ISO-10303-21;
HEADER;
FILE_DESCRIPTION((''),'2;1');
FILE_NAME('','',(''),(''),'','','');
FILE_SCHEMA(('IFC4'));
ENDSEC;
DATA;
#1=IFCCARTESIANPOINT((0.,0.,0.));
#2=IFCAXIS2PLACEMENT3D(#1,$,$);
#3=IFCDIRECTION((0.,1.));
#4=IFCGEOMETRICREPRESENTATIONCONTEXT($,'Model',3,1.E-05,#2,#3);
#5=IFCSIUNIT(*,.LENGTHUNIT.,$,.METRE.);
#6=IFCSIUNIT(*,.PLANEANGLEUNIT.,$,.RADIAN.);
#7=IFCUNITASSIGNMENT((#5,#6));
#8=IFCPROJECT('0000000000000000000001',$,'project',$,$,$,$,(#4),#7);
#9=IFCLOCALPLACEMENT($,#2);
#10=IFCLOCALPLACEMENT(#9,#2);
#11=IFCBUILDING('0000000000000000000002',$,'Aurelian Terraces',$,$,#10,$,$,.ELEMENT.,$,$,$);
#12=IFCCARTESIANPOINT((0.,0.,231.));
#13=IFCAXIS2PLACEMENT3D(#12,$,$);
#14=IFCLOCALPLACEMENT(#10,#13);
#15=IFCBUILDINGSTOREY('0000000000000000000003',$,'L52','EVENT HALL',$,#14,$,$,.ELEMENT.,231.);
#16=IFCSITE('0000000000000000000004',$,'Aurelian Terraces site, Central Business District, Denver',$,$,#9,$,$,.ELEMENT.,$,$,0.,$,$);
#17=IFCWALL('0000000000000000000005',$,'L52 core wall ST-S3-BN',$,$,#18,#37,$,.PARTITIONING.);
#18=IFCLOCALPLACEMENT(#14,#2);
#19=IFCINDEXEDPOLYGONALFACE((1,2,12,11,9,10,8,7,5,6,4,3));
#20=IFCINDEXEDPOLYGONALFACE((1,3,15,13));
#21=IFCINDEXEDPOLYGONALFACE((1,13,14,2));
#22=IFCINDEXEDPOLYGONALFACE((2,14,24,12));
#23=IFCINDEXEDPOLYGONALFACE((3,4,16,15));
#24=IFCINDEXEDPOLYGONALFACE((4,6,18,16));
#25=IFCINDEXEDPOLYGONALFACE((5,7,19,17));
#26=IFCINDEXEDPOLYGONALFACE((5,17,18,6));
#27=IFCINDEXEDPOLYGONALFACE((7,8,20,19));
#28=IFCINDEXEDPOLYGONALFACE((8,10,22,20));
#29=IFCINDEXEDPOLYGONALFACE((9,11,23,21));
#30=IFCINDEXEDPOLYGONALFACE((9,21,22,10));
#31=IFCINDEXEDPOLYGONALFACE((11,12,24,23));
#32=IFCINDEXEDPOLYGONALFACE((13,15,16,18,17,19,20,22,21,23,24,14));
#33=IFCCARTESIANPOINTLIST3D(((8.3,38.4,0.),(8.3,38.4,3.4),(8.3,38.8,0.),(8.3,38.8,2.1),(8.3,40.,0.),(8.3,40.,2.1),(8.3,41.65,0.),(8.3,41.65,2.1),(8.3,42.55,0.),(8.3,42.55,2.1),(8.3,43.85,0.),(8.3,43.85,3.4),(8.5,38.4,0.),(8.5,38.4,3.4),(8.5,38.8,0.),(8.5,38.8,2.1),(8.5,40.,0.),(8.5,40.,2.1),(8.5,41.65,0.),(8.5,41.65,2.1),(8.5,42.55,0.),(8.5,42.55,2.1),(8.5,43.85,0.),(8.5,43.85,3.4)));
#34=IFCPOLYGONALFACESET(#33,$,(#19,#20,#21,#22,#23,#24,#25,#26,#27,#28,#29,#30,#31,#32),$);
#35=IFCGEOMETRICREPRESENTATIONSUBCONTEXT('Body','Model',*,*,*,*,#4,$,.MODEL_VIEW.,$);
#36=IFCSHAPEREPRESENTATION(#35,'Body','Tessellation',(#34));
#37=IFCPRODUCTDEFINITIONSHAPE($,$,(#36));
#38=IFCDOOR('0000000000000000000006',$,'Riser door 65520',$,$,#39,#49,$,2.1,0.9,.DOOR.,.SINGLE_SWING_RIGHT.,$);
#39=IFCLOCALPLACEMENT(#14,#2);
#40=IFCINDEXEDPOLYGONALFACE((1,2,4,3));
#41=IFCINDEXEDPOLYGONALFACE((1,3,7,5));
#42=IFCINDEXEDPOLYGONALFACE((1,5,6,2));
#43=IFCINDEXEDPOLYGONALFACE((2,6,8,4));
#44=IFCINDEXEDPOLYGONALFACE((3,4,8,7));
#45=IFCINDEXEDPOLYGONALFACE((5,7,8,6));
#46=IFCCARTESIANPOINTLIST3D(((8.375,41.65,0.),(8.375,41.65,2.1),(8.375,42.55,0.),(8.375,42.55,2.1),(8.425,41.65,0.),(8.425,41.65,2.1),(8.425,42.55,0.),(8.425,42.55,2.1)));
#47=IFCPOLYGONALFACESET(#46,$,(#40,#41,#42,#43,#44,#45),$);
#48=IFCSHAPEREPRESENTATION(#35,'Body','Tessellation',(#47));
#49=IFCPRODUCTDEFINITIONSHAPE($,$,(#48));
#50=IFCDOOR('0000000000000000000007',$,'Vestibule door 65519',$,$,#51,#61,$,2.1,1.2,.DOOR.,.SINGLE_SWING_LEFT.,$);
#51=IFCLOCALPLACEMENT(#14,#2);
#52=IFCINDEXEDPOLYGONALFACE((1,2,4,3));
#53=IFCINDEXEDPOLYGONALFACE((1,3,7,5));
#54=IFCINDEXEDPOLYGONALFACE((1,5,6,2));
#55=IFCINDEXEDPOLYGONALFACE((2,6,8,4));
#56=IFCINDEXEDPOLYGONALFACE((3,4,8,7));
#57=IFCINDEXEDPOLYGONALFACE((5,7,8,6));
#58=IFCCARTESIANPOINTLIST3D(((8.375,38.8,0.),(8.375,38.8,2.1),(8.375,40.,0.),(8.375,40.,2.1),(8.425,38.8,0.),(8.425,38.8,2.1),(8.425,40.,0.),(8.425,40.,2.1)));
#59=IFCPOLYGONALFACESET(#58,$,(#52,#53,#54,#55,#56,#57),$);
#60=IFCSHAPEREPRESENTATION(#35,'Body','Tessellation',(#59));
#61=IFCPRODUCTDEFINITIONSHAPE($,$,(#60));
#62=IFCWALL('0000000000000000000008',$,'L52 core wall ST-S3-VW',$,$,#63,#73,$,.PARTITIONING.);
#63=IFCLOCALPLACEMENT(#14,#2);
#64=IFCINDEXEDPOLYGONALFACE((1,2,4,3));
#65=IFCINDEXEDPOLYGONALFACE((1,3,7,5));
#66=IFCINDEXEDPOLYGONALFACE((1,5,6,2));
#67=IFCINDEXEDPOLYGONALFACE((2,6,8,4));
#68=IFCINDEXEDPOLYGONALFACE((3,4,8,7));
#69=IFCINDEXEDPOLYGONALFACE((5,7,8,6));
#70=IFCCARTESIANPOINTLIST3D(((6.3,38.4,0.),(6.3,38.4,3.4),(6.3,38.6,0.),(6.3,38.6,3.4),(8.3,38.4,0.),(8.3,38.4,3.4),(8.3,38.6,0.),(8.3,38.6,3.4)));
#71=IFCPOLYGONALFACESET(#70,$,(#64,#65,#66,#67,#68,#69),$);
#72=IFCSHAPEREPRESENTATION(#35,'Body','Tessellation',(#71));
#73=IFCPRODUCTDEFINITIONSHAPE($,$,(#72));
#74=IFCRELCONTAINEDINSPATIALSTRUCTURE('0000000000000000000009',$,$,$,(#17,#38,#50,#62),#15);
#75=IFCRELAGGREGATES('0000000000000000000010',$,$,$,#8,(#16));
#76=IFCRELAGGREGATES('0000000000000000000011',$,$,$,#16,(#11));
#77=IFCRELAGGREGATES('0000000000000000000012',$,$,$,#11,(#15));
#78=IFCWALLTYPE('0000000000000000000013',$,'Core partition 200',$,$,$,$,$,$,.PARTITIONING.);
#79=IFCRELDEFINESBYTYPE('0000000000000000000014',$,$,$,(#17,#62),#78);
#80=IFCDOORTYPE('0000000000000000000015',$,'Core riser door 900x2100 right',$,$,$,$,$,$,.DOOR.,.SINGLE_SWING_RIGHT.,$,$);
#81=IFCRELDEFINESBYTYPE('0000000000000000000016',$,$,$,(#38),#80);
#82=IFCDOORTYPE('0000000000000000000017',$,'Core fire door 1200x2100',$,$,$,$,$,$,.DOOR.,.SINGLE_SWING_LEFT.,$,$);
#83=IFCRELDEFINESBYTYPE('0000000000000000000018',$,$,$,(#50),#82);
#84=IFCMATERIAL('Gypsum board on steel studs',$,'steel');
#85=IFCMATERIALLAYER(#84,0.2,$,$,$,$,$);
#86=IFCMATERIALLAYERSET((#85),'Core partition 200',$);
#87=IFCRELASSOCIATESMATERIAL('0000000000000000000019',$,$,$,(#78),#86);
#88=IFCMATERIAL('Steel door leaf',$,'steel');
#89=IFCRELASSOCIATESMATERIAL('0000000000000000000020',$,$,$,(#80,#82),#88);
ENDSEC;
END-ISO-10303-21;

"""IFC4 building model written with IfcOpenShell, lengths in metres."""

from ifc_helpers import new_model, si_unit, direction, frame, frame_2d, origin, place, context, subcontext, project, spatial, rectangle, extrude, source, transform, mapped, material, layer, layer_set, type_object, element, fill, save


model = new_model("IFC4")

# Units and contexts
model_context = context("Model", 3, precision=1e-05, world=origin(), true_north=direction((0.0, 1.0)))
body_context = subcontext(model_context, "Body", "Model", "MODEL_VIEW")
ifc_project = project(units=[si_unit("LENGTHUNIT", "METRE"), si_unit("PLANEANGLEUNIT", "RADIAN")], contexts=[model_context])

# Site, building, storey
site_placement = place(None, origin())
site = spatial("IfcSite", under=ifc_project, at=site_placement, Name="Aurelian Terraces site, Central Business District, Denver", CompositionType="ELEMENT", RefElevation=0.0)
building_placement = place(site_placement, origin())
building = spatial("IfcBuilding", under=site, at=building_placement, Name="Aurelian Terraces", CompositionType="ELEMENT")
storey_placement = place(building_placement, frame((0.0, 0.0, 231.0)))
storey = spatial("IfcBuildingStorey", under=building, at=storey_placement, Name="L52", Description="EVENT HALL", CompositionType="ELEMENT", Elevation=231.0)

# Wall, openings, doors
ifc_material_1 = material(Name="Gypsum board on steel studs", Category="steel")
ifc_layer_1 = layer(ifc_material_1, 0.2)
ifc_layer_set_1 = layer_set([ifc_layer_1], Name="Core partition 200")
wall_type_1 = type_object("IfcWallType", Name="Core partition 200", PredefinedType="PARTITIONING", material=ifc_layer_set_1)
shared_shape_1 = source(origin(), body_context, "Body", "SweptSolid", [
    extrude(rectangle(XDim=5.45, YDim=0.2, at=frame_2d((2.725, 0.0))), origin(), (0.0, 0.0, 1.0), 3.4),
])
wall_1_placement = place(storey_placement, frame((8.4, 38.4, 0.0), z_axis=(0.0, 0.0, 1.0), x_axis=(0.0, 1.0, 0.0)))
wall_1 = element("IfcWall", 1, at=wall_1_placement, inside=storey, type_object=wall_type_1, Name="L52 core wall ST-S3-BN", PredefinedType="PARTITIONING", context=body_context, shape_type="MappedRepresentation", body=[
    mapped(shared_shape_1, transform((0.0, 0.0, 0.0), scale=1.0)),
])
shared_shape_2 = source(origin(), body_context, "Body", "SweptSolid", [
    extrude(rectangle(XDim=1.2, YDim=2.1, at=frame_2d((0.6, 1.05))), frame((0.0, 0.11, 0.0), z_axis=(0.0, -1.0, 0.0), x_axis=(1.0, 0.0, 0.0)), (0.0, 0.0, 1.0), 0.22),
])
opening_1_placement = place(wall_1_placement, frame((0.4, 0.0, 0.0)))
opening_1 = element("IfcOpeningElement", 2, at=opening_1_placement, cuts=wall_1, PredefinedType="OPENING", context=body_context, shape_type="MappedRepresentation", body=[
    mapped(shared_shape_2, transform((0.0, 0.0, 0.0), scale=1.0)),
])
shared_shape_3 = source(origin(), body_context, "Body", "SweptSolid", [
    extrude(rectangle(XDim=0.9, YDim=2.1, at=frame_2d((0.45, 1.05))), frame((0.0, 0.11, 0.0), z_axis=(0.0, -1.0, 0.0), x_axis=(1.0, 0.0, 0.0)), (0.0, 0.0, 1.0), 0.22),
])
opening_2_placement = place(wall_1_placement, frame((3.25, 0.0, 0.0)))
opening_2 = element("IfcOpeningElement", 3, at=opening_2_placement, cuts=wall_1, PredefinedType="OPENING", context=body_context, shape_type="MappedRepresentation", body=[
    mapped(shared_shape_3, transform((0.0, 0.0, 0.0), scale=1.0)),
])
ifc_material_2 = material(Name="Steel door leaf", Category="steel")
door_type_1 = type_object("IfcDoorType", Name="Core riser door 900x2100 right", OperationType="SINGLE_SWING_RIGHT", PredefinedType="DOOR", material=ifc_material_2)
shared_shape_4 = source(origin(), body_context, "Body", "SweptSolid", [
    extrude(rectangle(XDim=0.9, YDim=2.1, at=frame_2d((0.45, 1.05))), frame((0.0, 0.025, 0.0), z_axis=(0.0, -1.0, 0.0), x_axis=(1.0, 0.0, 0.0)), (0.0, 0.0, 1.0), 0.05),
])
door_1_placement = place(opening_2_placement, origin())
door_1 = element("IfcDoor", 4, at=door_1_placement, inside=storey, type_object=door_type_1, Name="Riser door 65520", OperationType="SINGLE_SWING_RIGHT", OverallHeight=2.1, OverallWidth=0.9, PredefinedType="DOOR", context=body_context, shape_type="MappedRepresentation", body=[
    mapped(shared_shape_4, transform((0.0, 0.0, 0.0), scale=1.0)),
])
fill(opening_2, door_1)
door_type_2 = type_object("IfcDoorType", Name="Core fire door 1200x2100", OperationType="SINGLE_SWING_LEFT", PredefinedType="DOOR", material=ifc_material_2)
shared_shape_5 = source(origin(), body_context, "Body", "SweptSolid", [
    extrude(rectangle(XDim=1.2, YDim=2.1, at=frame_2d((0.6, 1.05))), frame((0.0, 0.025, 0.0), z_axis=(0.0, -1.0, 0.0), x_axis=(1.0, 0.0, 0.0)), (0.0, 0.0, 1.0), 0.05),
])
door_2_placement = place(opening_1_placement, origin())
door_2 = element("IfcDoor", 5, at=door_2_placement, inside=storey, type_object=door_type_2, Name="Vestibule door 65519", OperationType="SINGLE_SWING_LEFT", OverallHeight=2.1, OverallWidth=1.2, PredefinedType="DOOR", context=body_context, shape_type="MappedRepresentation", body=[
    mapped(shared_shape_5, transform((0.0, 0.0, 0.0), scale=1.0)),
])
fill(opening_1, door_2)

# Wall
shared_shape_6 = source(origin(), body_context, "Body", "SweptSolid", [
    extrude(rectangle(XDim=2.0, YDim=0.2, at=frame_2d((1.0, 0.0))), origin(), (0.0, 0.0, 1.0), 3.4),
])
wall_2_placement = place(storey_placement, frame((6.3, 38.5, 0.0), z_axis=(0.0, 0.0, 1.0), x_axis=(1.0, 0.0, 0.0)))
element("IfcWall", 6, at=wall_2_placement, inside=storey, type_object=wall_type_1, Name="L52 core wall ST-S3-VW", PredefinedType="PARTITIONING", context=body_context, shape_type="MappedRepresentation", body=[
    mapped(shared_shape_6, transform((0.0, 0.0, 0.0), scale=1.0)),
])

save(model, "model.ifc")
